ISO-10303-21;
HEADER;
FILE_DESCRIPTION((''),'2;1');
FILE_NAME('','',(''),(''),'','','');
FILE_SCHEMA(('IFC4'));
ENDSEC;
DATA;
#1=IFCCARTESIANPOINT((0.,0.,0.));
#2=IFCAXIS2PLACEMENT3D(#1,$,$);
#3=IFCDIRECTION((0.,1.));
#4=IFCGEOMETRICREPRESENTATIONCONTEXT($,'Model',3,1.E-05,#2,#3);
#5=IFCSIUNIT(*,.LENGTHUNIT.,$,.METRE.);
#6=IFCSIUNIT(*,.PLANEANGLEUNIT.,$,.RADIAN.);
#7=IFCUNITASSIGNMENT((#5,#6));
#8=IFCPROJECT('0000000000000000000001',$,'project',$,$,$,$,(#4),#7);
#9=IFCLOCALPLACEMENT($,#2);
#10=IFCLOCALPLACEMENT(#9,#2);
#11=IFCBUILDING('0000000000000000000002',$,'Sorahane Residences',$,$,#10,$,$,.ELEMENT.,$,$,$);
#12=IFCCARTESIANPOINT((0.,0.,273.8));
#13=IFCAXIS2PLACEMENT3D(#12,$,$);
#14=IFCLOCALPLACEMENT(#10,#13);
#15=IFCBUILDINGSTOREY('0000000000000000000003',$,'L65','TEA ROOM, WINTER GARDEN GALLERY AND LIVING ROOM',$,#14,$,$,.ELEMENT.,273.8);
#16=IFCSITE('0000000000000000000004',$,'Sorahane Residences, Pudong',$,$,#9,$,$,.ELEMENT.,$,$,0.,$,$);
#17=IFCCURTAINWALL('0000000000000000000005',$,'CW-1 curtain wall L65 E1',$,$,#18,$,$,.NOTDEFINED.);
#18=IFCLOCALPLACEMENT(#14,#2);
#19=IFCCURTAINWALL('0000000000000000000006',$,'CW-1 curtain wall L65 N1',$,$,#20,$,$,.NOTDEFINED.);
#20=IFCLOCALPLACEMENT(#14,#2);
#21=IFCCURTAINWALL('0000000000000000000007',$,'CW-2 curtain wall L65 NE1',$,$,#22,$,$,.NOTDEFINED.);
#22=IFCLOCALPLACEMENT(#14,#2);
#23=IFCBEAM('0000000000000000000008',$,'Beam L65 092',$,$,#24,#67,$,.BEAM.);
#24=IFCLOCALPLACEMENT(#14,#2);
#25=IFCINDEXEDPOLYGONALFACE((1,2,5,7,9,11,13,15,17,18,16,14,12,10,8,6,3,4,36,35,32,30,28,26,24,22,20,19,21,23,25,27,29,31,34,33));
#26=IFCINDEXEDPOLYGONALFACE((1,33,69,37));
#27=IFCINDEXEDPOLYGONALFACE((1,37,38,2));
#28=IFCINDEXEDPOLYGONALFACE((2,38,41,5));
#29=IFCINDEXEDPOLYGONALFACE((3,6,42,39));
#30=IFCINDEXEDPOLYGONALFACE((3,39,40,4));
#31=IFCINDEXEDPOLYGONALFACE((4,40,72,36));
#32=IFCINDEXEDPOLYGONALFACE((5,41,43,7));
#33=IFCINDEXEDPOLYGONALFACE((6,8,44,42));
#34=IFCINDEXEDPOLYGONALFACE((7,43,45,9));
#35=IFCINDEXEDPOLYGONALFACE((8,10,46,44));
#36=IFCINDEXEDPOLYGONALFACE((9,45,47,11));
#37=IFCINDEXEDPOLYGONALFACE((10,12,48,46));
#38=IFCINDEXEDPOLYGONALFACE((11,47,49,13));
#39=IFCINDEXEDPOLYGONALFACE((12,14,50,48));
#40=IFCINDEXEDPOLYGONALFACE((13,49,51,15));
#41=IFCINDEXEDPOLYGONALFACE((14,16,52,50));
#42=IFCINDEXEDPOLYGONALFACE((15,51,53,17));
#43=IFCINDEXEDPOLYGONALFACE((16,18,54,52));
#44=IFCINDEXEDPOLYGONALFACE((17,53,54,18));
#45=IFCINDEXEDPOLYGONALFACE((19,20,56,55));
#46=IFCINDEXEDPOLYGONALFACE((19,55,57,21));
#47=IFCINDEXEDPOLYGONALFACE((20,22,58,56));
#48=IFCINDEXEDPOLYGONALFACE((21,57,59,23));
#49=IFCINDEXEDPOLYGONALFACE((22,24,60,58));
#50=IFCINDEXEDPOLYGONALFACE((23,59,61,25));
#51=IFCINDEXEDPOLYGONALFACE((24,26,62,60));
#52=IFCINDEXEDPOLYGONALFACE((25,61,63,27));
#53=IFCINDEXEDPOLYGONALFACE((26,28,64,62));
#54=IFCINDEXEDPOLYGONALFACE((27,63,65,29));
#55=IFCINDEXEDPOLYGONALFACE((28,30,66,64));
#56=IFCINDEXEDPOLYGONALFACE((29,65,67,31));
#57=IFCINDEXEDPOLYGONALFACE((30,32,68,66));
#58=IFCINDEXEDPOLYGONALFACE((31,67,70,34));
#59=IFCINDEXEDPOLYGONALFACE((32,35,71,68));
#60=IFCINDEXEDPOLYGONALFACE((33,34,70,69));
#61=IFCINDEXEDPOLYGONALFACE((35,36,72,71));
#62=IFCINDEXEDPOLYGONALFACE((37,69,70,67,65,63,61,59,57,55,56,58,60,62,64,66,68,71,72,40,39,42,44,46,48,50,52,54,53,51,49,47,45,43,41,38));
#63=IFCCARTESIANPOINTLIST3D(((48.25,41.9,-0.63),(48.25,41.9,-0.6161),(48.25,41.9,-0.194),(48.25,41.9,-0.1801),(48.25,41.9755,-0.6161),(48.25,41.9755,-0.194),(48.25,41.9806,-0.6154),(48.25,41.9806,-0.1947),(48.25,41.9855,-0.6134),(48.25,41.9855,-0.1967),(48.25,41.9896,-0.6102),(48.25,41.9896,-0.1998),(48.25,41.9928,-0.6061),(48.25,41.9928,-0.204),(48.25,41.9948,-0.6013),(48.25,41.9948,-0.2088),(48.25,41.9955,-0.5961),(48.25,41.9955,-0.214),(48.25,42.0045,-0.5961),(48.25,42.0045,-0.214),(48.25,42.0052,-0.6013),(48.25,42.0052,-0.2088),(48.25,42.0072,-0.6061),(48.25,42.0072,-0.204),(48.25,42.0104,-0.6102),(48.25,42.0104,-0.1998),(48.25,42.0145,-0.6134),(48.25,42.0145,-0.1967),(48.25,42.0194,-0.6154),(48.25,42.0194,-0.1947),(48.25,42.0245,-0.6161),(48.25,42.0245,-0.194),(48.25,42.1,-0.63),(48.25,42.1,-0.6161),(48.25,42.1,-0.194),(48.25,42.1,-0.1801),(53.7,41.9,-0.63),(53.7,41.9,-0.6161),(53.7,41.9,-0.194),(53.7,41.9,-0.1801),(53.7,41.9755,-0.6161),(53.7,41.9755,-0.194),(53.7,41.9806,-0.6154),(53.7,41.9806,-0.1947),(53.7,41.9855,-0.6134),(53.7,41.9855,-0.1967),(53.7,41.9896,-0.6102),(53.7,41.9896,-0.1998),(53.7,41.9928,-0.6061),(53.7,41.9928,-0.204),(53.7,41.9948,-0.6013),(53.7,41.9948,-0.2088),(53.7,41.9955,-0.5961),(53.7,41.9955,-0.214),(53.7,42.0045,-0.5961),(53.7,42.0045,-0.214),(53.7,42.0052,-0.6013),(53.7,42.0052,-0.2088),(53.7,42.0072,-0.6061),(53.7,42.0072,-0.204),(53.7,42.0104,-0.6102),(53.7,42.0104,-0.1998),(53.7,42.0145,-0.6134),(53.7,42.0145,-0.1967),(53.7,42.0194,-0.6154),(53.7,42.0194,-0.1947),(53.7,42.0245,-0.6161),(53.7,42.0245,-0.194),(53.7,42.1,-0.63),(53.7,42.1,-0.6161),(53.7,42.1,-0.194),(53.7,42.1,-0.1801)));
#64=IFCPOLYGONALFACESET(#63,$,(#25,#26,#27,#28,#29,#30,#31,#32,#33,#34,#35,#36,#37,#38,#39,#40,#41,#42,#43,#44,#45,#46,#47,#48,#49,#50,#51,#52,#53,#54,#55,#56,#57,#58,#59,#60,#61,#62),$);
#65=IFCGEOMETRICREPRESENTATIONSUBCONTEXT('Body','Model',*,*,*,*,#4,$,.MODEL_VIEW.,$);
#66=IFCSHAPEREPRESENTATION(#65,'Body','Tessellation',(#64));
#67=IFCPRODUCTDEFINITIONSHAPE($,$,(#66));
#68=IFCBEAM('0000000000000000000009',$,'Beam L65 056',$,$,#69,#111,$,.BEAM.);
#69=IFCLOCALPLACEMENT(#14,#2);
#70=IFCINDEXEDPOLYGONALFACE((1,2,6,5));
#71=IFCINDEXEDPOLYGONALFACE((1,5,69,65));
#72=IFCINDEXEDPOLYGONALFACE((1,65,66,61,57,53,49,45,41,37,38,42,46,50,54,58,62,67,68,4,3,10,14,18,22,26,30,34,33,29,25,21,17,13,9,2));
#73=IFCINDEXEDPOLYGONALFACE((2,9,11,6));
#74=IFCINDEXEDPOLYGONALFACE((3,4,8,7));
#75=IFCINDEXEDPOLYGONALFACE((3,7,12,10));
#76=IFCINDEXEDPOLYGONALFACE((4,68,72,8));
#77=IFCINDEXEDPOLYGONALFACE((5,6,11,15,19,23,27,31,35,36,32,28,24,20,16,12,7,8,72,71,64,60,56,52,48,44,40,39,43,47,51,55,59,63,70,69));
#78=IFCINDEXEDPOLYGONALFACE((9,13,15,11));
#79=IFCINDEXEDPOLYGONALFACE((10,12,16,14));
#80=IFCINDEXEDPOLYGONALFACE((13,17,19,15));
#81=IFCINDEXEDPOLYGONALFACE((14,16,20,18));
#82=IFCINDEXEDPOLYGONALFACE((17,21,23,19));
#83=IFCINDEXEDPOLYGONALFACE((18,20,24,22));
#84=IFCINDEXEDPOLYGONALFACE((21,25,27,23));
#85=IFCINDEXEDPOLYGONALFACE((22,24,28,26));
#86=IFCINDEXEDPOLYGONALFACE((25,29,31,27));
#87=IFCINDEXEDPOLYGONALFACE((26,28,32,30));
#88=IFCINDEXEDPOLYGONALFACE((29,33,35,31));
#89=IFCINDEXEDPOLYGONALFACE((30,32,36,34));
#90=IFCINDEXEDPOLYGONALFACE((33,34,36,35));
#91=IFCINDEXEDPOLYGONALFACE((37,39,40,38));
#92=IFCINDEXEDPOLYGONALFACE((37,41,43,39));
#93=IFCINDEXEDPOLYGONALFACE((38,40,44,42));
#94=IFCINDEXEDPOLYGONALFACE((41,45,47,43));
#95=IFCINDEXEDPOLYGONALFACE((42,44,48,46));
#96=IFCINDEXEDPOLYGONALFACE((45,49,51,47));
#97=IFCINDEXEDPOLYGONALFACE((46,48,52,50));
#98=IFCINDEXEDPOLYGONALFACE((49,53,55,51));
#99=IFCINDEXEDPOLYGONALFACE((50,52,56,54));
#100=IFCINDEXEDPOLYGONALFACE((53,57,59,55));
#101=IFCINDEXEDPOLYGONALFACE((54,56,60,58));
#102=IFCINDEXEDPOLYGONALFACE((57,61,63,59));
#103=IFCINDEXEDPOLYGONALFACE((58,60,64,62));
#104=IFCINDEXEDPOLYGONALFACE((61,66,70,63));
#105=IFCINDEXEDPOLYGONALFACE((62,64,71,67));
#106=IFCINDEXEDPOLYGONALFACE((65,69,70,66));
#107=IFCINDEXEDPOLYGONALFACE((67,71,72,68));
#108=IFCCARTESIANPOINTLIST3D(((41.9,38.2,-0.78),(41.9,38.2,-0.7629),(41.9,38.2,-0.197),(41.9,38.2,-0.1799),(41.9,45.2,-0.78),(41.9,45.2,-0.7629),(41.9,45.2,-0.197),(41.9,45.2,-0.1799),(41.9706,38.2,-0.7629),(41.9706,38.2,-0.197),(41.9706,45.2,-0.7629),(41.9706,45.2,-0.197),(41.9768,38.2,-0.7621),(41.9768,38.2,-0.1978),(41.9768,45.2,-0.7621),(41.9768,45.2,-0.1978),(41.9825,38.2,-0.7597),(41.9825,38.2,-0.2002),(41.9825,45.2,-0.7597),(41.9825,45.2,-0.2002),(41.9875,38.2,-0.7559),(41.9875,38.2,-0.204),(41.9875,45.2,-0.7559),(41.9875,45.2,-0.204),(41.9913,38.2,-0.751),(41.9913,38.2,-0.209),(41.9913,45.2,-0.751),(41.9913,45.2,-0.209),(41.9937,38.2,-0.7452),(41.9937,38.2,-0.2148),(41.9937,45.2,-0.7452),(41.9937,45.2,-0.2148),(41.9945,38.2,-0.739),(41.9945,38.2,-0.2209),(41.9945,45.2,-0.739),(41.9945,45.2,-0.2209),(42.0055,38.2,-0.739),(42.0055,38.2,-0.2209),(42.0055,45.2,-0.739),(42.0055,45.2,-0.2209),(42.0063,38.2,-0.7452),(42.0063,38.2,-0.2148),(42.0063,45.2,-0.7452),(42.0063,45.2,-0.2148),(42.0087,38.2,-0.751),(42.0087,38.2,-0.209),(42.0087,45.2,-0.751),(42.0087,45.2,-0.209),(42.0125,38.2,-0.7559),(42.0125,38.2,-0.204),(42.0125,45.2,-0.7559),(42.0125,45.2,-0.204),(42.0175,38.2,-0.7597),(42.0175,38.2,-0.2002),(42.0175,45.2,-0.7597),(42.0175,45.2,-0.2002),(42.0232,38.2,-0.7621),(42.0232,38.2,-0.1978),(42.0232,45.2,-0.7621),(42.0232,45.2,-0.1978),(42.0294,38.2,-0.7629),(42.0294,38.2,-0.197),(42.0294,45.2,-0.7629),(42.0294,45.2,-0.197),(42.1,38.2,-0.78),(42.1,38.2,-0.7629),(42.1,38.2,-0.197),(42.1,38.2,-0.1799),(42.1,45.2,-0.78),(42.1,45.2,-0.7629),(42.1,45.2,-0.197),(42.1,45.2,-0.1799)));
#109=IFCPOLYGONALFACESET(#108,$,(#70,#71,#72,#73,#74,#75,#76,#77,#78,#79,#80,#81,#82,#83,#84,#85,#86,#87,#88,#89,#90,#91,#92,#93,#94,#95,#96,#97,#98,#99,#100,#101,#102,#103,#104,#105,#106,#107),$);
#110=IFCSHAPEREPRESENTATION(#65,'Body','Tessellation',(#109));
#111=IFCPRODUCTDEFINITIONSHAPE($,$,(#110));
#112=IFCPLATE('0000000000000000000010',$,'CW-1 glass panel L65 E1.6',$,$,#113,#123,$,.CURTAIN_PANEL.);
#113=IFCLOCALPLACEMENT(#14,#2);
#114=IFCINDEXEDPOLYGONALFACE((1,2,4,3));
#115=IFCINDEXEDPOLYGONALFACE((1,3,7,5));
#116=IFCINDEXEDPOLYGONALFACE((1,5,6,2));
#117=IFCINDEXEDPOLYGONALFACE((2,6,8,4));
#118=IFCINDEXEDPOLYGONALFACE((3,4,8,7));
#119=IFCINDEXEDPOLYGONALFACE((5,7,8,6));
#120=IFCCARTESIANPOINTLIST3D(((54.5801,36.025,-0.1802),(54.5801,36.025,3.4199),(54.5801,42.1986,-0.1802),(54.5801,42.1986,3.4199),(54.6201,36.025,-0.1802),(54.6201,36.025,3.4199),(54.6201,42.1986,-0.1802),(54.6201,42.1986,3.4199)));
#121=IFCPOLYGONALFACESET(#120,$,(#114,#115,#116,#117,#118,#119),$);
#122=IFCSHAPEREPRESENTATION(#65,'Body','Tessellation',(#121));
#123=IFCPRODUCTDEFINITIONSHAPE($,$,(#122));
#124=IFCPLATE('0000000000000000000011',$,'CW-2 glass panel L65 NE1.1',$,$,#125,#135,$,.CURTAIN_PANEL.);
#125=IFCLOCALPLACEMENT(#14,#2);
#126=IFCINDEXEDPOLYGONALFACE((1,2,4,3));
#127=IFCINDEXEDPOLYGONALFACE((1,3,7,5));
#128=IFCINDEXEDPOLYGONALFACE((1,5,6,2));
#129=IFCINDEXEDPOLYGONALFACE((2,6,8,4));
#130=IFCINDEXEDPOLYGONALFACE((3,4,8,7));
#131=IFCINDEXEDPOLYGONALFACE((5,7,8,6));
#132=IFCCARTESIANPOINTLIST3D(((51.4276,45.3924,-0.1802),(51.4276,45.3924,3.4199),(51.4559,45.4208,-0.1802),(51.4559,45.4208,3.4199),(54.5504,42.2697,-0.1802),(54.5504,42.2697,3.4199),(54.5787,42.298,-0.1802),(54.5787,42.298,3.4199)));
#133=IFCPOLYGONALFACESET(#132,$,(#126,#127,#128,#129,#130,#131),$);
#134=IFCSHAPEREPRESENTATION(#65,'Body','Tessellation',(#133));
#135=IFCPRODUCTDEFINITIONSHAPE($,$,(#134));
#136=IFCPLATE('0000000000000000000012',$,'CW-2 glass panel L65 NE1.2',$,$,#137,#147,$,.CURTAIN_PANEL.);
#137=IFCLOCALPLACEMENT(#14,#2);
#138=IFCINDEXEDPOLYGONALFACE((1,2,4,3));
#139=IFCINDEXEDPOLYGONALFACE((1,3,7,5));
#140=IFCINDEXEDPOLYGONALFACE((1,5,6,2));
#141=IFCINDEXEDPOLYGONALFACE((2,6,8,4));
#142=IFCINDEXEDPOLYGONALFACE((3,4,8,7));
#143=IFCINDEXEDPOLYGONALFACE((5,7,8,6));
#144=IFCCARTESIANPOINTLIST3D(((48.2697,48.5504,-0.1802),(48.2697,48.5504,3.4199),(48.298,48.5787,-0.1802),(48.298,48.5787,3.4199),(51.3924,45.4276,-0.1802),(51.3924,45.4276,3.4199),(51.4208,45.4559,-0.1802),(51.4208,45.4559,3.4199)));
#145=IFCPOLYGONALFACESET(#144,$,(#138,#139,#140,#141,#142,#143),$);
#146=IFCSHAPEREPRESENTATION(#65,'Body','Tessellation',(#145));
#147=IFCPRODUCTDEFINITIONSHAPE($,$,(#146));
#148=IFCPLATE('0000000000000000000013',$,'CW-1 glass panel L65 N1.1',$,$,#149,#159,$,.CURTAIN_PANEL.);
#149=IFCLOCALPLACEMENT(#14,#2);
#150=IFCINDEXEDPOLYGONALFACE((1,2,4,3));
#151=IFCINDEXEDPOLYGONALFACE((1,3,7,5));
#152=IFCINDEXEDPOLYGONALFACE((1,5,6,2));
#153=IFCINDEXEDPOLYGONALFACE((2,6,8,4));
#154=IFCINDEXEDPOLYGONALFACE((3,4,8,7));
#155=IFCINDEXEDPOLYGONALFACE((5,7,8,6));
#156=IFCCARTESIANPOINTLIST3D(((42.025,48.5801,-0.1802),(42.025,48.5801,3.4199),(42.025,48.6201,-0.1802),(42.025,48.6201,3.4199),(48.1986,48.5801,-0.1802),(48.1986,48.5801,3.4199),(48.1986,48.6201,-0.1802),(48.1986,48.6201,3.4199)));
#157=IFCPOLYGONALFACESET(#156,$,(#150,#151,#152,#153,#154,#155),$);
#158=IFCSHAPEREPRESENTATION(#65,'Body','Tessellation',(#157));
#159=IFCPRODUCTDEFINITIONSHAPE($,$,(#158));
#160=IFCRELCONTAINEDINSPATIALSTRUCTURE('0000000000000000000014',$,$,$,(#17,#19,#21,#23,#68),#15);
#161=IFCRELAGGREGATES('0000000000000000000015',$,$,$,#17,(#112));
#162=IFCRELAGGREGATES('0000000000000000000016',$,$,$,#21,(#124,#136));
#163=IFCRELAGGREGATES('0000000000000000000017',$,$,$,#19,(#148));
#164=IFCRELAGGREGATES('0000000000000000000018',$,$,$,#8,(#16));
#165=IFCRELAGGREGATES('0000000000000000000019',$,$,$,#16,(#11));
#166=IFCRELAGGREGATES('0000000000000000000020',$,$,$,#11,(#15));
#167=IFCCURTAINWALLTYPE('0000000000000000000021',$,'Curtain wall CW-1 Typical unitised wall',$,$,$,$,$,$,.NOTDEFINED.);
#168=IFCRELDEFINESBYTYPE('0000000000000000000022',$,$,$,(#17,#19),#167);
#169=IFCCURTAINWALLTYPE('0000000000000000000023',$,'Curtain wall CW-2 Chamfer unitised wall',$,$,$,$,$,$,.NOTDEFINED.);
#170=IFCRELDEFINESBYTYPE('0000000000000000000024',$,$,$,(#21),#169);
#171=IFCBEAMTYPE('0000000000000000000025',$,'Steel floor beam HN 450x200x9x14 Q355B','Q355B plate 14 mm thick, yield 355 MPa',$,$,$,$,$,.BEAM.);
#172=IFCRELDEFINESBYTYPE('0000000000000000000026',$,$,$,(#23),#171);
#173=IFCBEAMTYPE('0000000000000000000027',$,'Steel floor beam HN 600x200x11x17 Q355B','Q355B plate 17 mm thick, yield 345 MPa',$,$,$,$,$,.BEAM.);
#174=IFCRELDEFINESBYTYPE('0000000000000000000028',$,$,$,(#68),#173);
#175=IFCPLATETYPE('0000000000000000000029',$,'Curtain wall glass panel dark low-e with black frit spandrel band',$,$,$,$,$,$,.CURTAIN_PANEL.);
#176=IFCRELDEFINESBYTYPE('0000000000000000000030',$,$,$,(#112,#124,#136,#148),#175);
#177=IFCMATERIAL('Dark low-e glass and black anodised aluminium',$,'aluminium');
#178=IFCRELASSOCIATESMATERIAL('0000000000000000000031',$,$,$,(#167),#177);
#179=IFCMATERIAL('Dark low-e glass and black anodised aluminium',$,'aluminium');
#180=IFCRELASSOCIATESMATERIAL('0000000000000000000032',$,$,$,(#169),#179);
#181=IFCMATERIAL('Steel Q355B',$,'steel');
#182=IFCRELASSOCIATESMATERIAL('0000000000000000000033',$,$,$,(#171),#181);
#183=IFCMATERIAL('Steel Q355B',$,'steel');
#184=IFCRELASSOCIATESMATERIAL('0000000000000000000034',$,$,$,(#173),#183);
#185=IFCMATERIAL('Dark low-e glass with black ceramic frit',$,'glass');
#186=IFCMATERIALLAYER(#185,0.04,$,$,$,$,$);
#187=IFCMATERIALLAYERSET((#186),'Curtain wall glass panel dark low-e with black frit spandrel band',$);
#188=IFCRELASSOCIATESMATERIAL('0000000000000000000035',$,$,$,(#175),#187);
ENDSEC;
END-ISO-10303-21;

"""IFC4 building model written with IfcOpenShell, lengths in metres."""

from ifc_helpers import new_model, si_unit, direction, frame, origin, origin_2d, place, context, subcontext, project, spatial, rectangle, i_section, extrude, material, layer, layer_set, material_profile, profile_set, type_object, element, aggregate, save


model = new_model("IFC4")

# Units and contexts
model_context = context("Model", 3, precision=1e-05, world=origin(), true_north=direction((0.0, 1.0)))
body_context = subcontext(model_context, "Body", "Model", "MODEL_VIEW")
ifc_project = project(units=[si_unit("LENGTHUNIT", "METRE"), si_unit("PLANEANGLEUNIT", "RADIAN")], contexts=[model_context])

# Site, building, storey
site_placement = place(None, origin())
site = spatial("IfcSite", under=ifc_project, at=site_placement, Name="Sorahane Residences, Pudong", CompositionType="ELEMENT", RefElevation=0.0)
building_placement = place(site_placement, origin())
building = spatial("IfcBuilding", under=site, at=building_placement, Name="Sorahane Residences", CompositionType="ELEMENT")
storey_placement = place(building_placement, frame((0.0, 0.0, 273.8)))
storey = spatial("IfcBuildingStorey", under=building, at=storey_placement, Name="L65", Description="TEA ROOM, WINTER GARDEN GALLERY AND LIVING ROOM", CompositionType="ELEMENT", Elevation=273.8)

# Curtain walls
ifc_material_1 = material(Name="Dark low-e glass and black anodised aluminium", Category="aluminium")
curtain_wall_type_1 = type_object("IfcCurtainWallType", Name="Curtain wall CW-1 Typical unitised wall", PredefinedType="NOTDEFINED", material=ifc_material_1)
curtain_wall_1_placement = place(storey_placement, origin())
curtain_wall_1 = element("IfcCurtainWall", 1, at=curtain_wall_1_placement, inside=storey, type_object=curtain_wall_type_1, Name="CW-1 curtain wall L65 E1", PredefinedType="NOTDEFINED")
curtain_wall_2_placement = place(storey_placement, origin())
curtain_wall_2 = element("IfcCurtainWall", 2, at=curtain_wall_2_placement, inside=storey, type_object=curtain_wall_type_1, Name="CW-1 curtain wall L65 N1", PredefinedType="NOTDEFINED")

# Curtain wall
ifc_material_2 = material(Name="Dark low-e glass and black anodised aluminium", Category="aluminium")
curtain_wall_type_2 = type_object("IfcCurtainWallType", Name="Curtain wall CW-2 Chamfer unitised wall", PredefinedType="NOTDEFINED", material=ifc_material_2)
curtain_wall_3_placement = place(storey_placement, origin())
curtain_wall_3 = element("IfcCurtainWall", 3, at=curtain_wall_3_placement, inside=storey, type_object=curtain_wall_type_2, Name="CW-2 curtain wall L65 NE1", PredefinedType="NOTDEFINED")

# Beams
ifc_material_3 = material(Name="Steel Q355B", Category="steel")
ifc_material_profile_1 = material_profile(ifc_material_3, i_section(OverallWidth=0.2, OverallDepth=0.45, WebThickness=0.009, FlangeThickness=0.0139, FilletRadius=0.02, at=origin_2d()), Name="HN 450x200x9x14")
ifc_profile_set_1 = profile_set([ifc_material_profile_1], Name="Steel Q355B")
beam_type_1 = type_object("IfcBeamType", Name="Steel floor beam HN 450x200x9x14 Q355B", Description="Q355B plate 14 mm thick, yield 355 MPa", PredefinedType="BEAM", material=ifc_profile_set_1)
beam_1_placement = place(storey_placement, frame((48.25, 42.0, -0.405), z_axis=(1.0, 0.0, 0.0), x_axis=(0.0, 1.0, 0.0)))
element("IfcBeam", 4, at=beam_1_placement, inside=storey, type_object=beam_type_1, Name="Beam L65 092", PredefinedType="BEAM", context=body_context, shape_type="SweptSolid", body=[
    extrude(i_section(OverallWidth=0.2, OverallDepth=0.45, WebThickness=0.009, FlangeThickness=0.0139, FilletRadius=0.02, at=origin_2d()), origin(), (0.0, 0.0, 1.0), 5.45),
])
ifc_material_4 = material(Name="Steel Q355B", Category="steel")
ifc_material_profile_2 = material_profile(ifc_material_4, i_section(OverallWidth=0.2, OverallDepth=0.6001, WebThickness=0.011, FlangeThickness=0.0171, FilletRadius=0.0239, at=origin_2d()), Name="HN 600x200x11x17")
ifc_profile_set_2 = profile_set([ifc_material_profile_2], Name="Steel Q355B")
beam_type_2 = type_object("IfcBeamType", Name="Steel floor beam HN 600x200x11x17 Q355B", Description="Q355B plate 17 mm thick, yield 345 MPa", PredefinedType="BEAM", material=ifc_profile_set_2)
beam_2_placement = place(storey_placement, frame((42.0, 38.2, -0.48), z_axis=(0.0, 1.0, 0.0), x_axis=(-1.0, 0.0, 0.0)))
element("IfcBeam", 5, at=beam_2_placement, inside=storey, type_object=beam_type_2, Name="Beam L65 056", PredefinedType="BEAM", context=body_context, shape_type="SweptSolid", body=[
    extrude(i_section(OverallWidth=0.2, OverallDepth=0.6001, WebThickness=0.011, FlangeThickness=0.0171, FilletRadius=0.0239, at=origin_2d()), origin(), (0.0, 0.0, 1.0), 7.0),
])

# Plates
ifc_material_5 = material(Name="Dark low-e glass with black ceramic frit", Category="glass")
ifc_layer_1 = layer(ifc_material_5, 0.04)
ifc_layer_set_1 = layer_set([ifc_layer_1], Name="Curtain wall glass panel dark low-e with black frit spandrel band")
plate_type = type_object("IfcPlateType", Name="Curtain wall glass panel dark low-e with black frit spandrel band", PredefinedType="CURTAIN_PANEL", material=ifc_layer_set_1)
plate_1_placement = place(storey_placement, frame((54.6001, 39.1118, -0.1802), z_axis=(0.0, 0.0, 1.0), x_axis=(0.0, 1.0, 0.0)))
plate_1 = element("IfcPlate", 6, at=plate_1_placement, type_object=plate_type, Name="CW-1 glass panel L65 E1.6", PredefinedType="CURTAIN_PANEL", context=body_context, shape_type="SweptSolid", body=[
    extrude(rectangle(XDim=6.1736, YDim=0.04, at=origin_2d()), origin(), (0.0, 0.0, 1.0), 3.6001),
])
aggregate(curtain_wall_1, [plate_1])
plate_2_placement = place(storey_placement, frame((53.0032, 43.8452, -0.1802), z_axis=(0.0, 0.0, 1.0), x_axis=(-0.707107, 0.707107, 0.0)))
plate_2 = element("IfcPlate", 7, at=plate_2_placement, type_object=plate_type, Name="CW-2 glass panel L65 NE1.1", PredefinedType="CURTAIN_PANEL", context=body_context, shape_type="SweptSolid", body=[
    extrude(rectangle(XDim=4.4163, YDim=0.04, at=origin_2d()), origin(), (0.0, 0.0, 1.0), 3.6001),
])
plate_3_placement = place(storey_placement, frame((49.8452, 47.0032, -0.1802), z_axis=(0.0, 0.0, 1.0), x_axis=(-0.707107, 0.707107, 0.0)))
plate_3 = element("IfcPlate", 8, at=plate_3_placement, type_object=plate_type, Name="CW-2 glass panel L65 NE1.2", PredefinedType="CURTAIN_PANEL", context=body_context, shape_type="SweptSolid", body=[
    extrude(rectangle(XDim=4.4163, YDim=0.04, at=origin_2d()), origin(), (0.0, 0.0, 1.0), 3.6001),
])
aggregate(curtain_wall_3, [plate_2, plate_3])
plate_4_placement = place(storey_placement, frame((45.1118, 48.6001, -0.1802), z_axis=(0.0, 0.0, 1.0), x_axis=(-1.0, 0.0, 0.0)))
plate_4 = element("IfcPlate", 9, at=plate_4_placement, type_object=plate_type, Name="CW-1 glass panel L65 N1.1", PredefinedType="CURTAIN_PANEL", context=body_context, shape_type="SweptSolid", body=[
    extrude(rectangle(XDim=6.1736, YDim=0.04, at=origin_2d()), origin(), (0.0, 0.0, 1.0), 3.6001),
])
aggregate(curtain_wall_2, [plate_4])

save(model, "model.ifc")
